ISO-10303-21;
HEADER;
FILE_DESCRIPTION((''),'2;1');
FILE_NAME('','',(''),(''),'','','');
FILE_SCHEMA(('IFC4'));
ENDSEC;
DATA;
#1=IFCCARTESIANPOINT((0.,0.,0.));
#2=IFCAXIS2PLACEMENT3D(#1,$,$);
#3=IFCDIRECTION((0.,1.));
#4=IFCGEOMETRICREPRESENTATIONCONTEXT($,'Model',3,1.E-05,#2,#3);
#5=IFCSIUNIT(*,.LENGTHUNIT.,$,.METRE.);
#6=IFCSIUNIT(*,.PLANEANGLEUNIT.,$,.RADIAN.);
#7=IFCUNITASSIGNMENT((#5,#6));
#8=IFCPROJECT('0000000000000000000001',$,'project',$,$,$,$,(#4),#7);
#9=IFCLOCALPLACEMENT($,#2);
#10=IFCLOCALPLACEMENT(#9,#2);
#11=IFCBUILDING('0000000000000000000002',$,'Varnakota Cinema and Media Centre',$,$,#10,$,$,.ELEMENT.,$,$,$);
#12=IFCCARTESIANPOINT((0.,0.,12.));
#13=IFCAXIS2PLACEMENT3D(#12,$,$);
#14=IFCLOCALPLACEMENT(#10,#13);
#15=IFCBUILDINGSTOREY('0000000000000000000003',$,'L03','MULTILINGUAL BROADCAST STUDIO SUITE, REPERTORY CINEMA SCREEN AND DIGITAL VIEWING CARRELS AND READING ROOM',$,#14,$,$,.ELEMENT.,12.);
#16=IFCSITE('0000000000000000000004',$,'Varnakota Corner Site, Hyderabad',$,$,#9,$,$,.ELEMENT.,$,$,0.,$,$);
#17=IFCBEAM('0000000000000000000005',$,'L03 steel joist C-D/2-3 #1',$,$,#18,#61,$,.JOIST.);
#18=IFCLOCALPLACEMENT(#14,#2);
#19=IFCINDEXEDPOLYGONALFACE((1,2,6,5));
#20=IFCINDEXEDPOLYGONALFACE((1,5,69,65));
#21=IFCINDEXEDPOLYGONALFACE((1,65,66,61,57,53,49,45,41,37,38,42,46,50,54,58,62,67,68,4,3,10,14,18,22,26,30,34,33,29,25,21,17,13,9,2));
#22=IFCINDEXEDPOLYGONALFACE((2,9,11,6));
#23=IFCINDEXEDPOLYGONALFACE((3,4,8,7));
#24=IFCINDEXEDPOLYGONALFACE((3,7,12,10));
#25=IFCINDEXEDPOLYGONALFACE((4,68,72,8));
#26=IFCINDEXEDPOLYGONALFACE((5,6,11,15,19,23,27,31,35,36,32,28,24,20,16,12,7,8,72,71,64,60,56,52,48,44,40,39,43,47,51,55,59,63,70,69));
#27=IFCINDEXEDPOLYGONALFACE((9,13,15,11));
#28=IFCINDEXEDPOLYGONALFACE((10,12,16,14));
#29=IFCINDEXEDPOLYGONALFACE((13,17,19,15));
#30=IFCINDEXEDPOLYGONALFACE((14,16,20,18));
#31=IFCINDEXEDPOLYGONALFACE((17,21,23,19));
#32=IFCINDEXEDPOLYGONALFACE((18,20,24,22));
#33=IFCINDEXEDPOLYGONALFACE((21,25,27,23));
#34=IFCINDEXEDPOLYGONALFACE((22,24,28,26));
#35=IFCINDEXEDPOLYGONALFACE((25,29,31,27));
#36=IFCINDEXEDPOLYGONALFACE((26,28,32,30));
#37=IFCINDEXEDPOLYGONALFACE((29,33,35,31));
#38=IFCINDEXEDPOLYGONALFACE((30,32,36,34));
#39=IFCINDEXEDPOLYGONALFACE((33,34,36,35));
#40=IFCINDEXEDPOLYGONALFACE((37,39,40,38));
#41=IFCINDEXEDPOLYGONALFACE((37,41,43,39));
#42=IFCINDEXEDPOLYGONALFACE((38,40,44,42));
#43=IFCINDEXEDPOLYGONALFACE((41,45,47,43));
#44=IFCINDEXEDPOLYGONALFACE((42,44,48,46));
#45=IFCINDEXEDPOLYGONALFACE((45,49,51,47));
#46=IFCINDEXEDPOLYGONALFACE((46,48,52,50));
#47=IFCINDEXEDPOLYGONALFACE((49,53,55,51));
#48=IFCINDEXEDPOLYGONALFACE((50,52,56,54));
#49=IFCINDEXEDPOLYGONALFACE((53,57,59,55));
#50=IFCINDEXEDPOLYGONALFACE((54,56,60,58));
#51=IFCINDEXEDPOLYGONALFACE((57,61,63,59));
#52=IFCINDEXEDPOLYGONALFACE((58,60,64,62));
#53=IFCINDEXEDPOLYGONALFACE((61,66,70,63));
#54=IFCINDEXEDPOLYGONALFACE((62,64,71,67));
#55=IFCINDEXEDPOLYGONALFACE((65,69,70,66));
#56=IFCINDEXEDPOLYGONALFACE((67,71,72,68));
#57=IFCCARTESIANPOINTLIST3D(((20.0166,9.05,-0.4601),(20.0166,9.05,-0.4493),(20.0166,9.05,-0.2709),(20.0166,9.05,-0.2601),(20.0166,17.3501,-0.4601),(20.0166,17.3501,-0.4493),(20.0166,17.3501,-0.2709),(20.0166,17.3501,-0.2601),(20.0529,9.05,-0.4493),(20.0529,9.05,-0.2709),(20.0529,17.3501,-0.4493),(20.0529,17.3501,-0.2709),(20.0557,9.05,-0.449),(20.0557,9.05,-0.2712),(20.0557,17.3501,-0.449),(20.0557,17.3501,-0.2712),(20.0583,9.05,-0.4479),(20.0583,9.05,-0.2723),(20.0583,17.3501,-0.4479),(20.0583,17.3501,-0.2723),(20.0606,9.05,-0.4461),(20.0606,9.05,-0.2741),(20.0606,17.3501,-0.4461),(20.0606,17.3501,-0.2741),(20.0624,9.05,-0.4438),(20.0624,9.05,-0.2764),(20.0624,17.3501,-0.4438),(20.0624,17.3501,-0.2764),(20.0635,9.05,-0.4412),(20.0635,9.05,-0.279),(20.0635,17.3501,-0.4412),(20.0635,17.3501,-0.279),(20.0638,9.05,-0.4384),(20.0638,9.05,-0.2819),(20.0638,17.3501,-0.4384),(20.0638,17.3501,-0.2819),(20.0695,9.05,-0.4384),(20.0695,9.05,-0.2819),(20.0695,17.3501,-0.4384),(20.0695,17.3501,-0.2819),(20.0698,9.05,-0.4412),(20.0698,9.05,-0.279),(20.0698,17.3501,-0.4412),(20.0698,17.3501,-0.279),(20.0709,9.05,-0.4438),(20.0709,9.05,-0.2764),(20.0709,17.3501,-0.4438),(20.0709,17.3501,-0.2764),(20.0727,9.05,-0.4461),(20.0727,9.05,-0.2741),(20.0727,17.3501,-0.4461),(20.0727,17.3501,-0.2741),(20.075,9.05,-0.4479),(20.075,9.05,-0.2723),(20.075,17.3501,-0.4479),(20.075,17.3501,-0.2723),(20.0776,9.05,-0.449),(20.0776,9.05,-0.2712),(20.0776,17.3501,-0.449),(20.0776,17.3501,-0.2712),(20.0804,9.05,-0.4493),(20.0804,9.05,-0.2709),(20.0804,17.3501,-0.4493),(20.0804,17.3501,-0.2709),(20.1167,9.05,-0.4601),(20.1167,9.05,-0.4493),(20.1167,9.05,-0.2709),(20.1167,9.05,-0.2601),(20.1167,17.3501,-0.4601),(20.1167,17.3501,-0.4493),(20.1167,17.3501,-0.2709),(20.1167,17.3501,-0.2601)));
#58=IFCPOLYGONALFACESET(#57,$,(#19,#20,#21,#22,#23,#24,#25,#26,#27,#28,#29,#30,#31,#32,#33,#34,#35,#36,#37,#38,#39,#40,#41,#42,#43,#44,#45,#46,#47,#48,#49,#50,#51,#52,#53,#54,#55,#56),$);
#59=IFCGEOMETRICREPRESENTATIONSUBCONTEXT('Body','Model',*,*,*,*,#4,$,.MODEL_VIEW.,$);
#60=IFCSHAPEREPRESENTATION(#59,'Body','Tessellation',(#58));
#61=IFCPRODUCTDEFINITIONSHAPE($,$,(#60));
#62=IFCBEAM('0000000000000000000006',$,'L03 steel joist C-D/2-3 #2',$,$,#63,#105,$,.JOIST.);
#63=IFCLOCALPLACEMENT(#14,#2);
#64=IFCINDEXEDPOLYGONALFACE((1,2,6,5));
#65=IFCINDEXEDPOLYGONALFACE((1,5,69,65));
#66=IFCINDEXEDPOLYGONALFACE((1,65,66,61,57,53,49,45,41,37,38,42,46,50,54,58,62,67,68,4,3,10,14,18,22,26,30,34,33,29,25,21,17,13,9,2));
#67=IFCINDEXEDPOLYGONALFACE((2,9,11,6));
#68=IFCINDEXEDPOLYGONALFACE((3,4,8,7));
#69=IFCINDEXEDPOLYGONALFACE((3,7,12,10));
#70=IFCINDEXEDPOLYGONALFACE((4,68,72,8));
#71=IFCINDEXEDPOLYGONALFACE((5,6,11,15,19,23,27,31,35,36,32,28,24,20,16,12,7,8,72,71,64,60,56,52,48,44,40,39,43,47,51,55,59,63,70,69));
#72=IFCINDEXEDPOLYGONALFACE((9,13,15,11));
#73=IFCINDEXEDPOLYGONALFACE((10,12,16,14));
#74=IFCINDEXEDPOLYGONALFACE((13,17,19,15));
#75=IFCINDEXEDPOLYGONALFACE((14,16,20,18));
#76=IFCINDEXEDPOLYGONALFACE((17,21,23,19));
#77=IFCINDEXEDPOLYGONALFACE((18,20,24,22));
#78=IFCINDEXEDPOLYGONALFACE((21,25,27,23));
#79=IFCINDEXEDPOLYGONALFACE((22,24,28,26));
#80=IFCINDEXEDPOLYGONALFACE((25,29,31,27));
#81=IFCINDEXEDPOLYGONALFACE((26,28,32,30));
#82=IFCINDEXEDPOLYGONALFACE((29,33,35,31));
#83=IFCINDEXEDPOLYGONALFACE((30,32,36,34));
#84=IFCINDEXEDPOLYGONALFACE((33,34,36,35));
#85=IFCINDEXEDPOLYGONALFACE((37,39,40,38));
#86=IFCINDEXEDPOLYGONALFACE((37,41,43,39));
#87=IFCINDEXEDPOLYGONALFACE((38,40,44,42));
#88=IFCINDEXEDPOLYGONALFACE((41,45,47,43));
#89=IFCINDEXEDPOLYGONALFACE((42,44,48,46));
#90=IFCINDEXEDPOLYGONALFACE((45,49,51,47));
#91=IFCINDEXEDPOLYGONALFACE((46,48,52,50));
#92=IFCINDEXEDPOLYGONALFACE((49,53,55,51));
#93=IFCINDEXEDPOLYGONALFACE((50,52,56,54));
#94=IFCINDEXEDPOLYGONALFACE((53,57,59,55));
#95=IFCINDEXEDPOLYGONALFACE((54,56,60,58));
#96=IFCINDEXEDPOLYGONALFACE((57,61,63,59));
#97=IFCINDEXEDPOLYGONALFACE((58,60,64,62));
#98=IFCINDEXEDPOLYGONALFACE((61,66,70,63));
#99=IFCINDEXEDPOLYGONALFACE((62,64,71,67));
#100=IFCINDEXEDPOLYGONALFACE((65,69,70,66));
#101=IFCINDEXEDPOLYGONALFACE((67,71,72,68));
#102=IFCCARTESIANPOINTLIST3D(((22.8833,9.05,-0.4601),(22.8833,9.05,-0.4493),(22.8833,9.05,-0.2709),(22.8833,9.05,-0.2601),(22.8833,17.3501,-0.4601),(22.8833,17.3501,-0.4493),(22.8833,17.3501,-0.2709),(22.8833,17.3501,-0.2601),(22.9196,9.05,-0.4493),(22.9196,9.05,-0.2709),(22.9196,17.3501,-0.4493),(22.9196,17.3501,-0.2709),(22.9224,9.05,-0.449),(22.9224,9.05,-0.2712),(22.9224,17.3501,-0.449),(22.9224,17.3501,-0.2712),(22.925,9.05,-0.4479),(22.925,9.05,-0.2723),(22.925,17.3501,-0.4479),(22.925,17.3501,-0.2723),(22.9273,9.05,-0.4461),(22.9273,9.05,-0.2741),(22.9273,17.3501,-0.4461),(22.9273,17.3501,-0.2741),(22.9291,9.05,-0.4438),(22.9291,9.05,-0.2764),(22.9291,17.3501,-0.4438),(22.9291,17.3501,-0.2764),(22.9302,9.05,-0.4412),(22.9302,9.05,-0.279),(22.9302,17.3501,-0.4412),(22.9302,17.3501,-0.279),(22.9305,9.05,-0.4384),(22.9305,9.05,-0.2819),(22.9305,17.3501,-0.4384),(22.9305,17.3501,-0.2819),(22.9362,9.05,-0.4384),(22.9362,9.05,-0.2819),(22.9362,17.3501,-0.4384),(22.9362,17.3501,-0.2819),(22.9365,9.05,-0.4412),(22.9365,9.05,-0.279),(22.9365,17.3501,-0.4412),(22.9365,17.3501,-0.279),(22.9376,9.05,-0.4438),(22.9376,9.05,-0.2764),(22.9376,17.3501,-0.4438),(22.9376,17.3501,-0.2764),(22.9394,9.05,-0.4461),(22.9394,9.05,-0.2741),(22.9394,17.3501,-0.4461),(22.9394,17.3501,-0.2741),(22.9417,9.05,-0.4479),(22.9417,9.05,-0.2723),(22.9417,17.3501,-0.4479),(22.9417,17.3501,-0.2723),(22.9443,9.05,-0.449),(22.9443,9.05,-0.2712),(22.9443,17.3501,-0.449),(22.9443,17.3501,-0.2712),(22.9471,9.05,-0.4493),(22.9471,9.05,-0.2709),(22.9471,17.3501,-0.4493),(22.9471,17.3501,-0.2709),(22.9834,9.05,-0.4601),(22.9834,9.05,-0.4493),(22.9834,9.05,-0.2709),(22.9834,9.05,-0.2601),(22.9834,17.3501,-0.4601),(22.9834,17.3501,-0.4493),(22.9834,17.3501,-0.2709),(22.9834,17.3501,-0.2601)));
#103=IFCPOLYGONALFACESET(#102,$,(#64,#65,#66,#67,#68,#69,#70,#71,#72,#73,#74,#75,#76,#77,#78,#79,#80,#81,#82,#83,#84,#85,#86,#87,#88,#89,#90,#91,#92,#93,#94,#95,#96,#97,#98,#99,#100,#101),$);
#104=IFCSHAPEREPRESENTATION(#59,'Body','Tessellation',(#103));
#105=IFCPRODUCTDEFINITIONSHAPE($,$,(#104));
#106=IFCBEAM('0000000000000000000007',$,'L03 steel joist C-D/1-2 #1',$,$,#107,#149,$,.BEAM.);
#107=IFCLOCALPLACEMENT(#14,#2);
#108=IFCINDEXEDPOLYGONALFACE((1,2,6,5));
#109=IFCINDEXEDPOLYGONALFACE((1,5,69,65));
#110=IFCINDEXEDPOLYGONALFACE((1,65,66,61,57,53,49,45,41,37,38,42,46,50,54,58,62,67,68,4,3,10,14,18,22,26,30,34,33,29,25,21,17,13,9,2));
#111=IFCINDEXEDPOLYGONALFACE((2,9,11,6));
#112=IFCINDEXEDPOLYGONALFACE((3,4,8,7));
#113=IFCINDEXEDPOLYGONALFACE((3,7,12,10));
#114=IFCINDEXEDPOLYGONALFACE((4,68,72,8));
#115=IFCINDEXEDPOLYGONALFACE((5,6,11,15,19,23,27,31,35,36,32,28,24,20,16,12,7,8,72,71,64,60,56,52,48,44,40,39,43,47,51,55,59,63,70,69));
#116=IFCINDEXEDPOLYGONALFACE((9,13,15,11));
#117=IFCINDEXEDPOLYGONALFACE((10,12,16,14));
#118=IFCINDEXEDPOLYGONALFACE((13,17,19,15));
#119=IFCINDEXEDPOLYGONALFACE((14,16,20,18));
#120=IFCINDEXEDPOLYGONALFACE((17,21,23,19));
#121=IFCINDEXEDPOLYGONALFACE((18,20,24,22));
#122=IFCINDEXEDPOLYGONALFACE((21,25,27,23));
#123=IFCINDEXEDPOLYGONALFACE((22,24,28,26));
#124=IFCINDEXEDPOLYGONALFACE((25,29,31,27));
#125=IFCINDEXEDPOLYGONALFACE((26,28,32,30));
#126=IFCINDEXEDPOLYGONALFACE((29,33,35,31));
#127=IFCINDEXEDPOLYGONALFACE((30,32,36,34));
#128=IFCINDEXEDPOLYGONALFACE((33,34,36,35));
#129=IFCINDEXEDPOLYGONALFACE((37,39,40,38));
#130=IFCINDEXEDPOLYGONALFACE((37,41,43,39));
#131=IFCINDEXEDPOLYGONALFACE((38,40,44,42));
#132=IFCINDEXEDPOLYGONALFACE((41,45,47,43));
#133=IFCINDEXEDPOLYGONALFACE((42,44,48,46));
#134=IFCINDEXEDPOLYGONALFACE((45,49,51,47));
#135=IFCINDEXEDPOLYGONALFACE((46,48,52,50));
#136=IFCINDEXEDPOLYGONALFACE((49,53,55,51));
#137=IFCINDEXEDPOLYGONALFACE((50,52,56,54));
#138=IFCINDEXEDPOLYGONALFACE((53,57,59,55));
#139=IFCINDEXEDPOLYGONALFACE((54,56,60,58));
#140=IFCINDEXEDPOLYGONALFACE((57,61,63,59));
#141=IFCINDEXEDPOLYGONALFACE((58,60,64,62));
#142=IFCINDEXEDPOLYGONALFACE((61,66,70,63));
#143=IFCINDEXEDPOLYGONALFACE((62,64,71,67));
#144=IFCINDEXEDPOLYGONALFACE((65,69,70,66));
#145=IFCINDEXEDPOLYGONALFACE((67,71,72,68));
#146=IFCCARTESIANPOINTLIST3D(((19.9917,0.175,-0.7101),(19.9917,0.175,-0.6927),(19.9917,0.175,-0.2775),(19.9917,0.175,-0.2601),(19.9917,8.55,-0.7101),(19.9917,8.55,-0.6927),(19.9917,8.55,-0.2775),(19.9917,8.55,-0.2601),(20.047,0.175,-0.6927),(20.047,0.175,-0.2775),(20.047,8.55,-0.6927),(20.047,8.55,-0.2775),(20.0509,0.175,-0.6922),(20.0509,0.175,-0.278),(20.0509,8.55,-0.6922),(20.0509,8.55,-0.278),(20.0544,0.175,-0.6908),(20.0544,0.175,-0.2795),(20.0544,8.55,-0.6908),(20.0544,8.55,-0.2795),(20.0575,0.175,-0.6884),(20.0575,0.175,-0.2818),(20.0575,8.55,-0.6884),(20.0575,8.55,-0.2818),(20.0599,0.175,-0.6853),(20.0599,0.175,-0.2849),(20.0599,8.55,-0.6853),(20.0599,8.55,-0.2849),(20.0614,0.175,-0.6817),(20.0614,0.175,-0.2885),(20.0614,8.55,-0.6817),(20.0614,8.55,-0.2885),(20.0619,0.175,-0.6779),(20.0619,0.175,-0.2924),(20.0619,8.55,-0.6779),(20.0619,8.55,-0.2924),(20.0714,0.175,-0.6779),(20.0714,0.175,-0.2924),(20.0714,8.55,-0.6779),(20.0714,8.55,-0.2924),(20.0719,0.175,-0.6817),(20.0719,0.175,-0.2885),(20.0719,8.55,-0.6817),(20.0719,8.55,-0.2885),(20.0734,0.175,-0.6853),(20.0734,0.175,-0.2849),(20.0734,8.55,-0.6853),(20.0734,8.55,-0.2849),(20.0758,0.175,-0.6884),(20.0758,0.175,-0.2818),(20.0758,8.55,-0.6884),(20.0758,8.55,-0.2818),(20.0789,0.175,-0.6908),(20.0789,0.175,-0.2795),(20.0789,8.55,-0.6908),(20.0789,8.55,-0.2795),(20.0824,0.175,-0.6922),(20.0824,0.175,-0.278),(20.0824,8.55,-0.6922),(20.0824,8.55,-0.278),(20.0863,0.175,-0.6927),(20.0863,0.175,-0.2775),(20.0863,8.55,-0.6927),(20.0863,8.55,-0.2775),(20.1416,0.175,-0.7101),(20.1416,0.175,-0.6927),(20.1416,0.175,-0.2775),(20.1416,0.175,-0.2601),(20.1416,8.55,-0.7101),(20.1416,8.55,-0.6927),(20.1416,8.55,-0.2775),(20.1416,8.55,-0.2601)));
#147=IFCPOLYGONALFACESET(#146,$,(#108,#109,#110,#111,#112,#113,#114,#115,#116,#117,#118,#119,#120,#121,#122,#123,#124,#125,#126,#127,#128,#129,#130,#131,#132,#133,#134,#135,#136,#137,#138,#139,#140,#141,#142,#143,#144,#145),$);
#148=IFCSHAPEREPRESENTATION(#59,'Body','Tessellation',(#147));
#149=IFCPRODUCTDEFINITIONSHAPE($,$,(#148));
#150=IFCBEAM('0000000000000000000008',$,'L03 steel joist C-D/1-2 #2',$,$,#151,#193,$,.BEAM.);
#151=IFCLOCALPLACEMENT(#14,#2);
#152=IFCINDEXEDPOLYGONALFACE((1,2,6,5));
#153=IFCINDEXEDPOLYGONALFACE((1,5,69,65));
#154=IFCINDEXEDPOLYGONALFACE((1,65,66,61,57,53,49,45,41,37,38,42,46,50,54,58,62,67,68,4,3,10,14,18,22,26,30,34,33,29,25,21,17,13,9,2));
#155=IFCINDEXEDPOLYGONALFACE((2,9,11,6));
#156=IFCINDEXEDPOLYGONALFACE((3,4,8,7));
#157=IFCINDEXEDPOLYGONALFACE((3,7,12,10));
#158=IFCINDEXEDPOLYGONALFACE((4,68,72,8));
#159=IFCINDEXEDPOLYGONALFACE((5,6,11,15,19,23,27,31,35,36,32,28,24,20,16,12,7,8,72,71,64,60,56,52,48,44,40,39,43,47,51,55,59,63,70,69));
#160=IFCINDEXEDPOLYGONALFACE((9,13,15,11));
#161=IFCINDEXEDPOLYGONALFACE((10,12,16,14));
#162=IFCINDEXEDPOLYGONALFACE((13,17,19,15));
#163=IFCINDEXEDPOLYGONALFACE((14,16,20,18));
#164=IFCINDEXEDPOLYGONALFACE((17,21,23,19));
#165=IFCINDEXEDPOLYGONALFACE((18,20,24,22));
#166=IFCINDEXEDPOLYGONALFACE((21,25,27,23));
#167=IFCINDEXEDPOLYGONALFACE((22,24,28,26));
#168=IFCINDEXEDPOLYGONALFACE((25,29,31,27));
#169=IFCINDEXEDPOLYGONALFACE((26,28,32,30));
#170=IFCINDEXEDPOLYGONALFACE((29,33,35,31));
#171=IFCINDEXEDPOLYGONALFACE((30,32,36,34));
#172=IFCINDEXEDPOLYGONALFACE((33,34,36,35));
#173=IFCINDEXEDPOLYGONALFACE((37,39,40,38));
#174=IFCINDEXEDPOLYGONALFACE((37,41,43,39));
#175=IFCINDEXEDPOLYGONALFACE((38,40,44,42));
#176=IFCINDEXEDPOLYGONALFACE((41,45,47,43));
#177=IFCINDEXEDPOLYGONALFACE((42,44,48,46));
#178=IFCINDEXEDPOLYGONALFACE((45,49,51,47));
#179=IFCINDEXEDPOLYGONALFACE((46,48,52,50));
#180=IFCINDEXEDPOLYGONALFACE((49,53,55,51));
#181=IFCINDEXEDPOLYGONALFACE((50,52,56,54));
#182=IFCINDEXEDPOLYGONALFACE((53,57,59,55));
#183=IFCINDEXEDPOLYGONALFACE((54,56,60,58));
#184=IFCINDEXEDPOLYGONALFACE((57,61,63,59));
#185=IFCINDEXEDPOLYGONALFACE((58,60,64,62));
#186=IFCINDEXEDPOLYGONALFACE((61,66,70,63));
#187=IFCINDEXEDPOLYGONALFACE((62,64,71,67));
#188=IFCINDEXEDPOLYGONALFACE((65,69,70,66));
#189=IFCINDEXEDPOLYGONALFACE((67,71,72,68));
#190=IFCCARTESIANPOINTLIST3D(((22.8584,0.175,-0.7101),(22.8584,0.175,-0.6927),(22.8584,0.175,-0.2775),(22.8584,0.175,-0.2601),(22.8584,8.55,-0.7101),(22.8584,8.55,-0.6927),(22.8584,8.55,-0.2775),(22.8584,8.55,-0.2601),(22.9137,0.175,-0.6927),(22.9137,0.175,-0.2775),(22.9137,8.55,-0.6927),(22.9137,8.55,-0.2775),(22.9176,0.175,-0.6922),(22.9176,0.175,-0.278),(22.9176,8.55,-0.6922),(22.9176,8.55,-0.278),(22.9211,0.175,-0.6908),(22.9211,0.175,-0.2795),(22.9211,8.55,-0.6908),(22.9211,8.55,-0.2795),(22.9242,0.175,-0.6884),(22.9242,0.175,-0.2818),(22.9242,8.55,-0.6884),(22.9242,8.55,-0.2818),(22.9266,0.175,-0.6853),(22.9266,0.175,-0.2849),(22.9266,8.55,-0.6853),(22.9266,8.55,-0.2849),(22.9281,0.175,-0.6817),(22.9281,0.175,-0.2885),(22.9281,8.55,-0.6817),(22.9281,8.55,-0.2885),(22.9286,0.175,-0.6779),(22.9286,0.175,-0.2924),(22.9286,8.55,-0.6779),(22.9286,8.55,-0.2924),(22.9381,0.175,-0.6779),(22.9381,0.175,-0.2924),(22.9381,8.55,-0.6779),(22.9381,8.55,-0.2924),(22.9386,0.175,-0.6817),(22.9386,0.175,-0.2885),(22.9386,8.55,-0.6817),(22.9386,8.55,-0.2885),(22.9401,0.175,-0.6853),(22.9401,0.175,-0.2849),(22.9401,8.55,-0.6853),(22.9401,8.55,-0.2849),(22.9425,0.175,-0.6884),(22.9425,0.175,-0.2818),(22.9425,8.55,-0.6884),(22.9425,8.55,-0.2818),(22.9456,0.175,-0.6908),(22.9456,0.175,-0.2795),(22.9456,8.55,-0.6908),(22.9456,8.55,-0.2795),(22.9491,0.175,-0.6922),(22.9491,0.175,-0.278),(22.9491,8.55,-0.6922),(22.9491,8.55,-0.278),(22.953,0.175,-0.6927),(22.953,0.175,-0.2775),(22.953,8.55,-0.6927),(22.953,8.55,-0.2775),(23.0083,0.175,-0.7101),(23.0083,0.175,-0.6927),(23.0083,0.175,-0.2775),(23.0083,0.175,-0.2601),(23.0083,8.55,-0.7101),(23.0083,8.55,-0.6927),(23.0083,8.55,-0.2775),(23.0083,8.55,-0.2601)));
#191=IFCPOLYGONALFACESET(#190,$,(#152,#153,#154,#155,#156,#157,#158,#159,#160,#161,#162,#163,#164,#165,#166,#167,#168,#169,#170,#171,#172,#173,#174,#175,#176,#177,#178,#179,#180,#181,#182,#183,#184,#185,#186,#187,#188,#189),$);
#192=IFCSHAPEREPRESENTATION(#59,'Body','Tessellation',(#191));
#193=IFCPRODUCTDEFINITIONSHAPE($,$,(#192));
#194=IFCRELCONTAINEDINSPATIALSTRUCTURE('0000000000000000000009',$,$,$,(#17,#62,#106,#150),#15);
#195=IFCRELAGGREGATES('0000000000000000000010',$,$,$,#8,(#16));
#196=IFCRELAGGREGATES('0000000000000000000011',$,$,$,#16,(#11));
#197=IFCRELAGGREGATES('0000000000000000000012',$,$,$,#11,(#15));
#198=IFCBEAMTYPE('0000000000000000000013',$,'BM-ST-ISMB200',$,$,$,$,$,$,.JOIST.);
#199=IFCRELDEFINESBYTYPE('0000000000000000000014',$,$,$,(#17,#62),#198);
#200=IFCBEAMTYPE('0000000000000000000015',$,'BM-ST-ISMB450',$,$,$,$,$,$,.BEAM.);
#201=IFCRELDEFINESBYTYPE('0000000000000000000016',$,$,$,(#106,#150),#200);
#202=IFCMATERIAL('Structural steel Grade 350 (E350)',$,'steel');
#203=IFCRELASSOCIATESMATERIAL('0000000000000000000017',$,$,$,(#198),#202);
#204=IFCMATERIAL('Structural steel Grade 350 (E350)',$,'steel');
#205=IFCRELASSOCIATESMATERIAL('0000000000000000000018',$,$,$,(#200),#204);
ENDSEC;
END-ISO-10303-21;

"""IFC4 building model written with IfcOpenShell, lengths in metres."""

from ifc_helpers import new_model, si_unit, direction, frame, origin, origin_2d, place, context, subcontext, project, spatial, i_section, extrude, material, material_profile, profile_set, type_object, element, save


model = new_model("IFC4")

# Units and contexts
model_context = context("Model", 3, precision=1e-05, world=origin(), true_north=direction((0.0, 1.0)))
body_context = subcontext(model_context, "Body", "Model", "MODEL_VIEW")
ifc_project = project(units=[si_unit("LENGTHUNIT", "METRE"), si_unit("PLANEANGLEUNIT", "RADIAN")], contexts=[model_context])

# Site, building, storey
site_placement = place(None, origin())
site = spatial("IfcSite", under=ifc_project, at=site_placement, Name="Varnakota Corner Site, Hyderabad", CompositionType="ELEMENT", RefElevation=0.0)
building_placement = place(site_placement, origin())
building = spatial("IfcBuilding", under=site, at=building_placement, Name="Varnakota Cinema and Media Centre", CompositionType="ELEMENT")
storey_placement = place(building_placement, frame((0.0, 0.0, 12.0)))
storey = spatial("IfcBuildingStorey", under=building, at=storey_placement, Name="L03", Description="MULTILINGUAL BROADCAST STUDIO SUITE, REPERTORY CINEMA SCREEN AND DIGITAL VIEWING CARRELS AND READING ROOM", CompositionType="ELEMENT", Elevation=12.0)

# Beams
ifc_material_1 = material(Name="Structural steel Grade 350 (E350)", Category="steel")
ifc_material_profile_1 = material_profile(ifc_material_1, i_section(OverallWidth=0.1001, OverallDepth=0.2, WebThickness=0.0056, FlangeThickness=0.0107, FilletRadius=0.011, at=origin_2d()), Name="ISMB 200")
ifc_profile_set_1 = profile_set([ifc_material_profile_1], Name="Structural steel Grade 350 (E350)")
beam_type_1 = type_object("IfcBeamType", Name="BM-ST-ISMB200", PredefinedType="JOIST", material=ifc_profile_set_1)
for number, where, z_axis, x_axis, name in (
    (1, (20.0667, 9.05, -0.3601), (0.0, 1.0, 0.0), (-1.0, 0.0, 0.0), "L03 steel joist C-D/2-3 #1"),
    (2, (22.9333, 9.05, -0.3601), (0.0, 1.0, 0.0), (-1.0, 0.0, 0.0), "L03 steel joist C-D/2-3 #2"),
):
    element("IfcBeam", number, at=place(storey_placement, frame(where, z_axis=z_axis, x_axis=x_axis)), inside=storey, type_object=beam_type_1, Name=name, PredefinedType="JOIST", context=body_context, shape_type="SweptSolid", body=[
        extrude(i_section(OverallWidth=0.1001, OverallDepth=0.2, WebThickness=0.0056, FlangeThickness=0.0107, FilletRadius=0.011, at=origin_2d()), origin(), (0.0, 0.0, 1.0), 8.3),
    ])
ifc_material_2 = material(Name="Structural steel Grade 350 (E350)", Category="steel")
ifc_material_profile_2 = material_profile(ifc_material_2, i_section(OverallWidth=0.1499, OverallDepth=0.45, WebThickness=0.0095, FlangeThickness=0.0173, FilletRadius=0.0149, at=origin_2d()), Name="ISMB 450")
ifc_profile_set_2 = profile_set([ifc_material_profile_2], Name="Structural steel Grade 350 (E350)")
beam_type_2 = type_object("IfcBeamType", Name="BM-ST-ISMB450", PredefinedType="BEAM", material=ifc_profile_set_2)
for number, where, z_axis, x_axis, name in (
    (3, (20.0667, 0.175, -0.4851), (0.0, 1.0, 0.0), (-1.0, 0.0, 0.0), "L03 steel joist C-D/1-2 #1"),
    (4, (22.9333, 0.175, -0.4851), (0.0, 1.0, 0.0), (-1.0, 0.0, 0.0), "L03 steel joist C-D/1-2 #2"),
):
    element("IfcBeam", number, at=place(storey_placement, frame(where, z_axis=z_axis, x_axis=x_axis)), inside=storey, type_object=beam_type_2, Name=name, PredefinedType="BEAM", context=body_context, shape_type="SweptSolid", body=[
        extrude(i_section(OverallWidth=0.1499, OverallDepth=0.45, WebThickness=0.0095, FlangeThickness=0.0173, FilletRadius=0.0149, at=origin_2d()), origin(), (0.0, 0.0, 1.0), 8.375),
    ])

save(model, "model.ifc")
